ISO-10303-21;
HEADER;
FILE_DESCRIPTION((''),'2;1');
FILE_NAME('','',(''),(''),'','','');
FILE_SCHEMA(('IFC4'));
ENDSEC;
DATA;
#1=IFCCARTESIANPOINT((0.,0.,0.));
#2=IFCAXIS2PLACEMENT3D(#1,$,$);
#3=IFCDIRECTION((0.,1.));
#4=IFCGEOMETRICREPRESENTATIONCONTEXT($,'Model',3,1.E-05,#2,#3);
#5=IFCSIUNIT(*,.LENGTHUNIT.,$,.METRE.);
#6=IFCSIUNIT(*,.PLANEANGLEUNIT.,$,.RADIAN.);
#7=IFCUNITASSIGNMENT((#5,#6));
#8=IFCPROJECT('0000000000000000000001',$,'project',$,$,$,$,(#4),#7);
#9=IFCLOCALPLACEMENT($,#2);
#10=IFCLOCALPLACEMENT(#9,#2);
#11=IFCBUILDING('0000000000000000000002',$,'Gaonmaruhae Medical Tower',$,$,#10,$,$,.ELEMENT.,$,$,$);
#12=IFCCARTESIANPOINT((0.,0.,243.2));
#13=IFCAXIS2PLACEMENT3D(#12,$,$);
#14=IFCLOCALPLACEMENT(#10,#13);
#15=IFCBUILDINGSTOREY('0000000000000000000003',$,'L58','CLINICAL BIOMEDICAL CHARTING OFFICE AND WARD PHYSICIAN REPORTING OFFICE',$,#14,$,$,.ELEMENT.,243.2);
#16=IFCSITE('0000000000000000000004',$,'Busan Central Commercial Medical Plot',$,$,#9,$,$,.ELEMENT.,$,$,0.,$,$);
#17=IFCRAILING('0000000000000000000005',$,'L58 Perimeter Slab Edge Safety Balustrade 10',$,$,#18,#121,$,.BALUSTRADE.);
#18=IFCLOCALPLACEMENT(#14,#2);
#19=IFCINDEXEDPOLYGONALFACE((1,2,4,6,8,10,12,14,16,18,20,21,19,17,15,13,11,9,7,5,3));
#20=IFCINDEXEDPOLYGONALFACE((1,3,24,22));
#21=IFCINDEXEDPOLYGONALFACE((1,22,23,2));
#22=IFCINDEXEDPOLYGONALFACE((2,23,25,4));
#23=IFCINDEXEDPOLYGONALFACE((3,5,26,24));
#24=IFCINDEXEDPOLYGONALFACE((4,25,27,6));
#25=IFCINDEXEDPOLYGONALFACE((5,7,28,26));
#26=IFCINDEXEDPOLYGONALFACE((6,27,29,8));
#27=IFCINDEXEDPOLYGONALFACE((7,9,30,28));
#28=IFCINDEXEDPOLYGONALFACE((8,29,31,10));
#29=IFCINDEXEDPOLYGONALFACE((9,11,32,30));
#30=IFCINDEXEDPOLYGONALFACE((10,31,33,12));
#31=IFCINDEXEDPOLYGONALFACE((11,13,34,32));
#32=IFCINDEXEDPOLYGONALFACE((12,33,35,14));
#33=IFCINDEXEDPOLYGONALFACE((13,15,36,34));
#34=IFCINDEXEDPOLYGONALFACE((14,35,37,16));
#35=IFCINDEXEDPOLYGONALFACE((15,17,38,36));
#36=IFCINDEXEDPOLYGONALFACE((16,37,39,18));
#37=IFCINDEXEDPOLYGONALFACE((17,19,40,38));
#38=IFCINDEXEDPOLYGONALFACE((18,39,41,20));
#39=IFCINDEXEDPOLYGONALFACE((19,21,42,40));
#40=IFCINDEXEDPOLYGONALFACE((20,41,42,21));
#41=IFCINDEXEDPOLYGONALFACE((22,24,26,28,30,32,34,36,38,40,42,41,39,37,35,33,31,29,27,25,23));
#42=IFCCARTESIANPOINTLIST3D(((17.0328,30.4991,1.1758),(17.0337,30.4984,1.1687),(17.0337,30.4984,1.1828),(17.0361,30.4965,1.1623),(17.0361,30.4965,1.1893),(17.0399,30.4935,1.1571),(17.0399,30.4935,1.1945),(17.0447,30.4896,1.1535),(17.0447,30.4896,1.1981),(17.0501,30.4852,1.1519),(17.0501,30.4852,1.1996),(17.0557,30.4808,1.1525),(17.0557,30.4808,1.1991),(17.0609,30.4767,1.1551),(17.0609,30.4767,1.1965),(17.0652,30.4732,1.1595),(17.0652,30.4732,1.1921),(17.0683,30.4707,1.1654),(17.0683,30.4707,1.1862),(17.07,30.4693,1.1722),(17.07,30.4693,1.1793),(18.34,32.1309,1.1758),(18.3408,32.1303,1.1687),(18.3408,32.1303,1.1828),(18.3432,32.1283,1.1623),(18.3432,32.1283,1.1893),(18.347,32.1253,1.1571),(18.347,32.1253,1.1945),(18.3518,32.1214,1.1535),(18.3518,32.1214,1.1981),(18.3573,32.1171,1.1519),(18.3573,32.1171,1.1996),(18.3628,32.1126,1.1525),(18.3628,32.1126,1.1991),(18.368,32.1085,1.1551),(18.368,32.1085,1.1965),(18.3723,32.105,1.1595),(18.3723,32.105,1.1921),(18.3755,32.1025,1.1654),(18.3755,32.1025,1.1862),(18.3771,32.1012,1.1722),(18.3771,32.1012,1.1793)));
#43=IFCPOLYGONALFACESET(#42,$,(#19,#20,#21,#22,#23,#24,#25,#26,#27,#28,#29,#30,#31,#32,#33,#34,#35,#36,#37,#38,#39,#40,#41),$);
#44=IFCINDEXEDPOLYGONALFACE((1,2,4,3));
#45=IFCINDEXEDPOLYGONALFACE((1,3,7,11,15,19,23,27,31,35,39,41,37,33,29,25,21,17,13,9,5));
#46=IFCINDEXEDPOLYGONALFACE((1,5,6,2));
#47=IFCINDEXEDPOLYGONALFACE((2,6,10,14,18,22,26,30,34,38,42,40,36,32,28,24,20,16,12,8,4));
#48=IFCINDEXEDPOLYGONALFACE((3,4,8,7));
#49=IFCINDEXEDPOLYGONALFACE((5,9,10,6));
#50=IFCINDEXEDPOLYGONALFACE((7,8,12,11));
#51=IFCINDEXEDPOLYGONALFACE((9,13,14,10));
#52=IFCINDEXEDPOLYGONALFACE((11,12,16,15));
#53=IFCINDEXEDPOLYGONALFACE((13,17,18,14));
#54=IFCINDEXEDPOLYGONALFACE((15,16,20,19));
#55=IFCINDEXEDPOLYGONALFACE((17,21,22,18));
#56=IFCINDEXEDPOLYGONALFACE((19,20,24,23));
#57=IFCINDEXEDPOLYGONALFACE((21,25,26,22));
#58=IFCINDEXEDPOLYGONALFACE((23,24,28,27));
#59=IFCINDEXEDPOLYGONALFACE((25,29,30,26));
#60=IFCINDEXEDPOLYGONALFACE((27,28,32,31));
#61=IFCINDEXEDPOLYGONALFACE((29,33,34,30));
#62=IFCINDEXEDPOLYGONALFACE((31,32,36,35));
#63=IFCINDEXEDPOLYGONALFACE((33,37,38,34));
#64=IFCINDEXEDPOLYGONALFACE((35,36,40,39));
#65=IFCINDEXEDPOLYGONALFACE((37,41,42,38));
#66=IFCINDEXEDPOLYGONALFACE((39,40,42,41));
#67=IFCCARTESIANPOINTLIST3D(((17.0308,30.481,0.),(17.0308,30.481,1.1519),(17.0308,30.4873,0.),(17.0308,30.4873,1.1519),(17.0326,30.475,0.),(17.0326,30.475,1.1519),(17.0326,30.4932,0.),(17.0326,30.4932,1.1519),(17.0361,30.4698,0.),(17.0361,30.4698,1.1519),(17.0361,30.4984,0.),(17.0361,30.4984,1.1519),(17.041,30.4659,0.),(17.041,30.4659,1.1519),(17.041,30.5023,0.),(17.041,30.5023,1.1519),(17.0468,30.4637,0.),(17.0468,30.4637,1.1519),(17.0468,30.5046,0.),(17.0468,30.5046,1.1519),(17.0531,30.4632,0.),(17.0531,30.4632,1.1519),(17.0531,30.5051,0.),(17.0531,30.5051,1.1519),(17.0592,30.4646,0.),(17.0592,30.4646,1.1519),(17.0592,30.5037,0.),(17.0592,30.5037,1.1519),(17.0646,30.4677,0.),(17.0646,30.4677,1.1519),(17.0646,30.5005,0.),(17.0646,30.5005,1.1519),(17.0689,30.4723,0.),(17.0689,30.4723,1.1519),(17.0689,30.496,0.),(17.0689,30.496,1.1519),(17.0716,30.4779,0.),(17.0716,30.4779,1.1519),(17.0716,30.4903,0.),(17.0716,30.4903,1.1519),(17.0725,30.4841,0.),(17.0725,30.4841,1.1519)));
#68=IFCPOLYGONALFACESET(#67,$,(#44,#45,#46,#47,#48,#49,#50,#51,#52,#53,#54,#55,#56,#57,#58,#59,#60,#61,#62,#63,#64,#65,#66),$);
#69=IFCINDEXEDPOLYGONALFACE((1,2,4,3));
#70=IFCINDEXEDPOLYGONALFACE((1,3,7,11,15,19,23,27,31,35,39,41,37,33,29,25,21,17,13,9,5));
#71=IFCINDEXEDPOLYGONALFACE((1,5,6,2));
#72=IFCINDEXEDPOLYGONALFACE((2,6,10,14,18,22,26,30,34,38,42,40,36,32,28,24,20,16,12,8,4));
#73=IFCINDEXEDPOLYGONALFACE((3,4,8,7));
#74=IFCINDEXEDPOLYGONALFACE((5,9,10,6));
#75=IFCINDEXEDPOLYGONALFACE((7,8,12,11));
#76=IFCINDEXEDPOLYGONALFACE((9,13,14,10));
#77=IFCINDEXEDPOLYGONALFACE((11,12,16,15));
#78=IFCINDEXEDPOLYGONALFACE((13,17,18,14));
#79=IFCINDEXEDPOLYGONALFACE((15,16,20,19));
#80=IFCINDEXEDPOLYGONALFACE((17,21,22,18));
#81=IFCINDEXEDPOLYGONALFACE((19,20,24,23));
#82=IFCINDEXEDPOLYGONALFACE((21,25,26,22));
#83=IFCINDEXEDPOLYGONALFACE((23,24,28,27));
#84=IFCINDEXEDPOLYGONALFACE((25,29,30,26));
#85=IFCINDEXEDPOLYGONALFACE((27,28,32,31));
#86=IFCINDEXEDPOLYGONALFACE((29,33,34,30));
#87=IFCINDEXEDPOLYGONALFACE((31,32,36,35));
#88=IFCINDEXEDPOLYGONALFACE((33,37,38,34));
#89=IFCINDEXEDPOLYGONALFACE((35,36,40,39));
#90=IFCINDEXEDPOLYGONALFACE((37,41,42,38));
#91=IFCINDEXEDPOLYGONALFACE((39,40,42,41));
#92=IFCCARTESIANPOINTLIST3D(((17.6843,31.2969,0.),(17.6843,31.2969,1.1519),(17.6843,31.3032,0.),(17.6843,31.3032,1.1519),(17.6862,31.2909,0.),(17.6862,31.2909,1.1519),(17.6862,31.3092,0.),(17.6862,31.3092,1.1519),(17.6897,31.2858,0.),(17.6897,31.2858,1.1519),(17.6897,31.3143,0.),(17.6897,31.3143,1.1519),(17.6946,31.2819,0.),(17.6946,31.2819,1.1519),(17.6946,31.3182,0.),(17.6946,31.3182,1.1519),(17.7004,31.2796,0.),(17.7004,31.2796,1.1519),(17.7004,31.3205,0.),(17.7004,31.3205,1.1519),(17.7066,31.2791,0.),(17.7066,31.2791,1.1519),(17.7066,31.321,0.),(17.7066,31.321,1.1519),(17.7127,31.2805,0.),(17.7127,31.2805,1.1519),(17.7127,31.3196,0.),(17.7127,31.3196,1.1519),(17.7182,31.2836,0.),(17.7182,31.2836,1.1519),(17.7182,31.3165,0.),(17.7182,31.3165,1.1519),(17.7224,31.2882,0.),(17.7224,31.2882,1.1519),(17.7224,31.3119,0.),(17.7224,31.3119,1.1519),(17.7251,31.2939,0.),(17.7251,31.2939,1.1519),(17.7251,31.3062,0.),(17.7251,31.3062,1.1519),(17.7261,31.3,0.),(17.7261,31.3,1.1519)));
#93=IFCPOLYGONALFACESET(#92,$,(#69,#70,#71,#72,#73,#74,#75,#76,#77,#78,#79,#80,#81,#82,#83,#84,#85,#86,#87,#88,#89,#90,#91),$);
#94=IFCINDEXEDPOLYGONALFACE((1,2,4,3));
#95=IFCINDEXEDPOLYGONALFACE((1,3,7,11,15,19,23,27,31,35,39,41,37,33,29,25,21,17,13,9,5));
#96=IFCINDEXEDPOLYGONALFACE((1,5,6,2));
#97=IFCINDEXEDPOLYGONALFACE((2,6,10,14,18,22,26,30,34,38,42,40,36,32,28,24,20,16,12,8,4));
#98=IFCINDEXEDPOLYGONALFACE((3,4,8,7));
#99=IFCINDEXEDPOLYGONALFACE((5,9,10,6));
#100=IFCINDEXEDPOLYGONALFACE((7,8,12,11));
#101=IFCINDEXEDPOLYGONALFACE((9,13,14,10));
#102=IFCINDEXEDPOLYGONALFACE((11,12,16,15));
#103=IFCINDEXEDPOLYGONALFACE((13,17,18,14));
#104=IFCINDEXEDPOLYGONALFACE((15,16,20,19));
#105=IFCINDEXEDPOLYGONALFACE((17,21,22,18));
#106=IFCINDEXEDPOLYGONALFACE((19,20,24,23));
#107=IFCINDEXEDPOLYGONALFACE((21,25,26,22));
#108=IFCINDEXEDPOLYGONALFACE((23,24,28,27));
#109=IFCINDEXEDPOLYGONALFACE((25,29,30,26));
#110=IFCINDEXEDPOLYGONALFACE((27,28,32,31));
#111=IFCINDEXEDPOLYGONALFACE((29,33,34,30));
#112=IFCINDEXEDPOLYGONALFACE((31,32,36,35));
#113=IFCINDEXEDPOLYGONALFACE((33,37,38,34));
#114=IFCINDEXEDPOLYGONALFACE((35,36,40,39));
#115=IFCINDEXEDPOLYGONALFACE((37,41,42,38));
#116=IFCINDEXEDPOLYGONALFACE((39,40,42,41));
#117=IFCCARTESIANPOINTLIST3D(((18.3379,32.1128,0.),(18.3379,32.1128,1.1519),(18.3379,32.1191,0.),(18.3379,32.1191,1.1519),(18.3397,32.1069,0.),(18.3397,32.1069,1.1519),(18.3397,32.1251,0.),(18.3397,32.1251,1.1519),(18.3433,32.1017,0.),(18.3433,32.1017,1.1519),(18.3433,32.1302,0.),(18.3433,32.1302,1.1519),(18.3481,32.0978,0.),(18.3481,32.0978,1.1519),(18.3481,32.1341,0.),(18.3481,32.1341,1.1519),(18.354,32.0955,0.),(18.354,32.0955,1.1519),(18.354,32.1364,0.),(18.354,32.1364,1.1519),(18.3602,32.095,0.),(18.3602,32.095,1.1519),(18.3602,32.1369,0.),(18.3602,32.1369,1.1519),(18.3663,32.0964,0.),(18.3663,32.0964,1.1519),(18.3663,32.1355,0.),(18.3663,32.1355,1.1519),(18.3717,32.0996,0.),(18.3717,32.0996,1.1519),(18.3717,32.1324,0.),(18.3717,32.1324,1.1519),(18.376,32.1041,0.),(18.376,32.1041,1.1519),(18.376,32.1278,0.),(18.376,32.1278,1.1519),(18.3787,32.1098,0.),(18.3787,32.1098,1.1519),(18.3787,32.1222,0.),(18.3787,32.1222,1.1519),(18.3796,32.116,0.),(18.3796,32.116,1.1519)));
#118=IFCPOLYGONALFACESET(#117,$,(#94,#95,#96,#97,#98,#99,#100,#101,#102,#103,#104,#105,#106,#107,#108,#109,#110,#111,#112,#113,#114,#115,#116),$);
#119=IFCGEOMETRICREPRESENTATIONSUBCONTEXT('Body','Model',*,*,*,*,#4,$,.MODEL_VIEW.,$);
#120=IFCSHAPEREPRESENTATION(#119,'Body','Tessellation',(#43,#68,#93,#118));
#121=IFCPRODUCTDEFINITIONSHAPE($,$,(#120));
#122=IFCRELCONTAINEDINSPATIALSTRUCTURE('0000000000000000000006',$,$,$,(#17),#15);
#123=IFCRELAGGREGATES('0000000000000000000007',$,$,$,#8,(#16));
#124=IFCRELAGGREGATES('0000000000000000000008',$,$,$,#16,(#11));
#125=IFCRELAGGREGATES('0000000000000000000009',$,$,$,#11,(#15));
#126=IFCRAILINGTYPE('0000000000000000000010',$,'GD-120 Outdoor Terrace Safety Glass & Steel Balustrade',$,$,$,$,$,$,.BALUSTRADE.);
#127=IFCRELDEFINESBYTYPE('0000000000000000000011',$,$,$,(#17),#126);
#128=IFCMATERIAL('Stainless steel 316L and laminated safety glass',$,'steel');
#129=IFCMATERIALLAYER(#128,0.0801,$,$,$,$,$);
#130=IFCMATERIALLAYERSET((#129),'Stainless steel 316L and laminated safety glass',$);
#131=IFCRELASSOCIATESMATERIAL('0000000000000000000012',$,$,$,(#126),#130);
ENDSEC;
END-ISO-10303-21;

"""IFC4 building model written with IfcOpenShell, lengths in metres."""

from ifc_helpers import new_model, si_unit, direction, frame, origin, origin_2d, place, context, subcontext, project, spatial, circle, extrude, material, layer, layer_set, type_object, element, save


model = new_model("IFC4")

# Units and contexts
model_context = context("Model", 3, precision=1e-05, world=origin(), true_north=direction((0.0, 1.0)))
body_context = subcontext(model_context, "Body", "Model", "MODEL_VIEW")
ifc_project = project(units=[si_unit("LENGTHUNIT", "METRE"), si_unit("PLANEANGLEUNIT", "RADIAN")], contexts=[model_context])

# Site, building, storey
site_placement = place(None, origin())
site = spatial("IfcSite", under=ifc_project, at=site_placement, Name="Busan Central Commercial Medical Plot", CompositionType="ELEMENT", RefElevation=0.0)
building_placement = place(site_placement, origin())
building = spatial("IfcBuilding", under=site, at=building_placement, Name="Gaonmaruhae Medical Tower", CompositionType="ELEMENT")
storey_placement = place(building_placement, frame((0.0, 0.0, 243.2)))
storey = spatial("IfcBuildingStorey", under=building, at=storey_placement, Name="L58", Description="CLINICAL BIOMEDICAL CHARTING OFFICE AND WARD PHYSICIAN REPORTING OFFICE", CompositionType="ELEMENT", Elevation=243.2)

# Railing
ifc_material_1 = material(Name="Stainless steel 316L and laminated safety glass", Category="steel")
ifc_layer_1 = layer(ifc_material_1, 0.0801)
ifc_layer_set_1 = layer_set([ifc_layer_1], Name="Stainless steel 316L and laminated safety glass")
railing_type = type_object("IfcRailingType", Name="GD-120 Outdoor Terrace Safety Glass & Steel Balustrade", PredefinedType="BALUSTRADE", material=ifc_layer_set_1)
railing_1_placement = place(storey_placement, frame((17.0515, 30.4841, 0.0)))
element("IfcRailing", 1, at=railing_1_placement, inside=storey, type_object=railing_type, Name="L58 Perimeter Slab Edge Safety Balustrade 10", PredefinedType="BALUSTRADE", context=body_context, shape_type="SweptSolid", body=[
    extrude(circle(Radius=0.0239, at=origin_2d()), frame((0.0, 0.0, 1.1758), z_axis=(0.625179, 0.780481, 0.0), x_axis=(-0.780481, 0.625179, 0.0)), (0.0, 0.0, 1.0), 2.0908),
    extrude(circle(Radius=0.021, at=origin_2d()), origin(), (0.0, 0.0, 1.0), 1.1519),
    extrude(circle(Radius=0.021, at=origin_2d()), frame((0.6536, 0.8159, 0.0)), (0.0, 0.0, 1.0), 1.1519),
    extrude(circle(Radius=0.021, at=origin_2d()), frame((1.3071, 1.6318, 0.0)), (0.0, 0.0, 1.0), 1.1519),
])

save(model, "model.ifc")
